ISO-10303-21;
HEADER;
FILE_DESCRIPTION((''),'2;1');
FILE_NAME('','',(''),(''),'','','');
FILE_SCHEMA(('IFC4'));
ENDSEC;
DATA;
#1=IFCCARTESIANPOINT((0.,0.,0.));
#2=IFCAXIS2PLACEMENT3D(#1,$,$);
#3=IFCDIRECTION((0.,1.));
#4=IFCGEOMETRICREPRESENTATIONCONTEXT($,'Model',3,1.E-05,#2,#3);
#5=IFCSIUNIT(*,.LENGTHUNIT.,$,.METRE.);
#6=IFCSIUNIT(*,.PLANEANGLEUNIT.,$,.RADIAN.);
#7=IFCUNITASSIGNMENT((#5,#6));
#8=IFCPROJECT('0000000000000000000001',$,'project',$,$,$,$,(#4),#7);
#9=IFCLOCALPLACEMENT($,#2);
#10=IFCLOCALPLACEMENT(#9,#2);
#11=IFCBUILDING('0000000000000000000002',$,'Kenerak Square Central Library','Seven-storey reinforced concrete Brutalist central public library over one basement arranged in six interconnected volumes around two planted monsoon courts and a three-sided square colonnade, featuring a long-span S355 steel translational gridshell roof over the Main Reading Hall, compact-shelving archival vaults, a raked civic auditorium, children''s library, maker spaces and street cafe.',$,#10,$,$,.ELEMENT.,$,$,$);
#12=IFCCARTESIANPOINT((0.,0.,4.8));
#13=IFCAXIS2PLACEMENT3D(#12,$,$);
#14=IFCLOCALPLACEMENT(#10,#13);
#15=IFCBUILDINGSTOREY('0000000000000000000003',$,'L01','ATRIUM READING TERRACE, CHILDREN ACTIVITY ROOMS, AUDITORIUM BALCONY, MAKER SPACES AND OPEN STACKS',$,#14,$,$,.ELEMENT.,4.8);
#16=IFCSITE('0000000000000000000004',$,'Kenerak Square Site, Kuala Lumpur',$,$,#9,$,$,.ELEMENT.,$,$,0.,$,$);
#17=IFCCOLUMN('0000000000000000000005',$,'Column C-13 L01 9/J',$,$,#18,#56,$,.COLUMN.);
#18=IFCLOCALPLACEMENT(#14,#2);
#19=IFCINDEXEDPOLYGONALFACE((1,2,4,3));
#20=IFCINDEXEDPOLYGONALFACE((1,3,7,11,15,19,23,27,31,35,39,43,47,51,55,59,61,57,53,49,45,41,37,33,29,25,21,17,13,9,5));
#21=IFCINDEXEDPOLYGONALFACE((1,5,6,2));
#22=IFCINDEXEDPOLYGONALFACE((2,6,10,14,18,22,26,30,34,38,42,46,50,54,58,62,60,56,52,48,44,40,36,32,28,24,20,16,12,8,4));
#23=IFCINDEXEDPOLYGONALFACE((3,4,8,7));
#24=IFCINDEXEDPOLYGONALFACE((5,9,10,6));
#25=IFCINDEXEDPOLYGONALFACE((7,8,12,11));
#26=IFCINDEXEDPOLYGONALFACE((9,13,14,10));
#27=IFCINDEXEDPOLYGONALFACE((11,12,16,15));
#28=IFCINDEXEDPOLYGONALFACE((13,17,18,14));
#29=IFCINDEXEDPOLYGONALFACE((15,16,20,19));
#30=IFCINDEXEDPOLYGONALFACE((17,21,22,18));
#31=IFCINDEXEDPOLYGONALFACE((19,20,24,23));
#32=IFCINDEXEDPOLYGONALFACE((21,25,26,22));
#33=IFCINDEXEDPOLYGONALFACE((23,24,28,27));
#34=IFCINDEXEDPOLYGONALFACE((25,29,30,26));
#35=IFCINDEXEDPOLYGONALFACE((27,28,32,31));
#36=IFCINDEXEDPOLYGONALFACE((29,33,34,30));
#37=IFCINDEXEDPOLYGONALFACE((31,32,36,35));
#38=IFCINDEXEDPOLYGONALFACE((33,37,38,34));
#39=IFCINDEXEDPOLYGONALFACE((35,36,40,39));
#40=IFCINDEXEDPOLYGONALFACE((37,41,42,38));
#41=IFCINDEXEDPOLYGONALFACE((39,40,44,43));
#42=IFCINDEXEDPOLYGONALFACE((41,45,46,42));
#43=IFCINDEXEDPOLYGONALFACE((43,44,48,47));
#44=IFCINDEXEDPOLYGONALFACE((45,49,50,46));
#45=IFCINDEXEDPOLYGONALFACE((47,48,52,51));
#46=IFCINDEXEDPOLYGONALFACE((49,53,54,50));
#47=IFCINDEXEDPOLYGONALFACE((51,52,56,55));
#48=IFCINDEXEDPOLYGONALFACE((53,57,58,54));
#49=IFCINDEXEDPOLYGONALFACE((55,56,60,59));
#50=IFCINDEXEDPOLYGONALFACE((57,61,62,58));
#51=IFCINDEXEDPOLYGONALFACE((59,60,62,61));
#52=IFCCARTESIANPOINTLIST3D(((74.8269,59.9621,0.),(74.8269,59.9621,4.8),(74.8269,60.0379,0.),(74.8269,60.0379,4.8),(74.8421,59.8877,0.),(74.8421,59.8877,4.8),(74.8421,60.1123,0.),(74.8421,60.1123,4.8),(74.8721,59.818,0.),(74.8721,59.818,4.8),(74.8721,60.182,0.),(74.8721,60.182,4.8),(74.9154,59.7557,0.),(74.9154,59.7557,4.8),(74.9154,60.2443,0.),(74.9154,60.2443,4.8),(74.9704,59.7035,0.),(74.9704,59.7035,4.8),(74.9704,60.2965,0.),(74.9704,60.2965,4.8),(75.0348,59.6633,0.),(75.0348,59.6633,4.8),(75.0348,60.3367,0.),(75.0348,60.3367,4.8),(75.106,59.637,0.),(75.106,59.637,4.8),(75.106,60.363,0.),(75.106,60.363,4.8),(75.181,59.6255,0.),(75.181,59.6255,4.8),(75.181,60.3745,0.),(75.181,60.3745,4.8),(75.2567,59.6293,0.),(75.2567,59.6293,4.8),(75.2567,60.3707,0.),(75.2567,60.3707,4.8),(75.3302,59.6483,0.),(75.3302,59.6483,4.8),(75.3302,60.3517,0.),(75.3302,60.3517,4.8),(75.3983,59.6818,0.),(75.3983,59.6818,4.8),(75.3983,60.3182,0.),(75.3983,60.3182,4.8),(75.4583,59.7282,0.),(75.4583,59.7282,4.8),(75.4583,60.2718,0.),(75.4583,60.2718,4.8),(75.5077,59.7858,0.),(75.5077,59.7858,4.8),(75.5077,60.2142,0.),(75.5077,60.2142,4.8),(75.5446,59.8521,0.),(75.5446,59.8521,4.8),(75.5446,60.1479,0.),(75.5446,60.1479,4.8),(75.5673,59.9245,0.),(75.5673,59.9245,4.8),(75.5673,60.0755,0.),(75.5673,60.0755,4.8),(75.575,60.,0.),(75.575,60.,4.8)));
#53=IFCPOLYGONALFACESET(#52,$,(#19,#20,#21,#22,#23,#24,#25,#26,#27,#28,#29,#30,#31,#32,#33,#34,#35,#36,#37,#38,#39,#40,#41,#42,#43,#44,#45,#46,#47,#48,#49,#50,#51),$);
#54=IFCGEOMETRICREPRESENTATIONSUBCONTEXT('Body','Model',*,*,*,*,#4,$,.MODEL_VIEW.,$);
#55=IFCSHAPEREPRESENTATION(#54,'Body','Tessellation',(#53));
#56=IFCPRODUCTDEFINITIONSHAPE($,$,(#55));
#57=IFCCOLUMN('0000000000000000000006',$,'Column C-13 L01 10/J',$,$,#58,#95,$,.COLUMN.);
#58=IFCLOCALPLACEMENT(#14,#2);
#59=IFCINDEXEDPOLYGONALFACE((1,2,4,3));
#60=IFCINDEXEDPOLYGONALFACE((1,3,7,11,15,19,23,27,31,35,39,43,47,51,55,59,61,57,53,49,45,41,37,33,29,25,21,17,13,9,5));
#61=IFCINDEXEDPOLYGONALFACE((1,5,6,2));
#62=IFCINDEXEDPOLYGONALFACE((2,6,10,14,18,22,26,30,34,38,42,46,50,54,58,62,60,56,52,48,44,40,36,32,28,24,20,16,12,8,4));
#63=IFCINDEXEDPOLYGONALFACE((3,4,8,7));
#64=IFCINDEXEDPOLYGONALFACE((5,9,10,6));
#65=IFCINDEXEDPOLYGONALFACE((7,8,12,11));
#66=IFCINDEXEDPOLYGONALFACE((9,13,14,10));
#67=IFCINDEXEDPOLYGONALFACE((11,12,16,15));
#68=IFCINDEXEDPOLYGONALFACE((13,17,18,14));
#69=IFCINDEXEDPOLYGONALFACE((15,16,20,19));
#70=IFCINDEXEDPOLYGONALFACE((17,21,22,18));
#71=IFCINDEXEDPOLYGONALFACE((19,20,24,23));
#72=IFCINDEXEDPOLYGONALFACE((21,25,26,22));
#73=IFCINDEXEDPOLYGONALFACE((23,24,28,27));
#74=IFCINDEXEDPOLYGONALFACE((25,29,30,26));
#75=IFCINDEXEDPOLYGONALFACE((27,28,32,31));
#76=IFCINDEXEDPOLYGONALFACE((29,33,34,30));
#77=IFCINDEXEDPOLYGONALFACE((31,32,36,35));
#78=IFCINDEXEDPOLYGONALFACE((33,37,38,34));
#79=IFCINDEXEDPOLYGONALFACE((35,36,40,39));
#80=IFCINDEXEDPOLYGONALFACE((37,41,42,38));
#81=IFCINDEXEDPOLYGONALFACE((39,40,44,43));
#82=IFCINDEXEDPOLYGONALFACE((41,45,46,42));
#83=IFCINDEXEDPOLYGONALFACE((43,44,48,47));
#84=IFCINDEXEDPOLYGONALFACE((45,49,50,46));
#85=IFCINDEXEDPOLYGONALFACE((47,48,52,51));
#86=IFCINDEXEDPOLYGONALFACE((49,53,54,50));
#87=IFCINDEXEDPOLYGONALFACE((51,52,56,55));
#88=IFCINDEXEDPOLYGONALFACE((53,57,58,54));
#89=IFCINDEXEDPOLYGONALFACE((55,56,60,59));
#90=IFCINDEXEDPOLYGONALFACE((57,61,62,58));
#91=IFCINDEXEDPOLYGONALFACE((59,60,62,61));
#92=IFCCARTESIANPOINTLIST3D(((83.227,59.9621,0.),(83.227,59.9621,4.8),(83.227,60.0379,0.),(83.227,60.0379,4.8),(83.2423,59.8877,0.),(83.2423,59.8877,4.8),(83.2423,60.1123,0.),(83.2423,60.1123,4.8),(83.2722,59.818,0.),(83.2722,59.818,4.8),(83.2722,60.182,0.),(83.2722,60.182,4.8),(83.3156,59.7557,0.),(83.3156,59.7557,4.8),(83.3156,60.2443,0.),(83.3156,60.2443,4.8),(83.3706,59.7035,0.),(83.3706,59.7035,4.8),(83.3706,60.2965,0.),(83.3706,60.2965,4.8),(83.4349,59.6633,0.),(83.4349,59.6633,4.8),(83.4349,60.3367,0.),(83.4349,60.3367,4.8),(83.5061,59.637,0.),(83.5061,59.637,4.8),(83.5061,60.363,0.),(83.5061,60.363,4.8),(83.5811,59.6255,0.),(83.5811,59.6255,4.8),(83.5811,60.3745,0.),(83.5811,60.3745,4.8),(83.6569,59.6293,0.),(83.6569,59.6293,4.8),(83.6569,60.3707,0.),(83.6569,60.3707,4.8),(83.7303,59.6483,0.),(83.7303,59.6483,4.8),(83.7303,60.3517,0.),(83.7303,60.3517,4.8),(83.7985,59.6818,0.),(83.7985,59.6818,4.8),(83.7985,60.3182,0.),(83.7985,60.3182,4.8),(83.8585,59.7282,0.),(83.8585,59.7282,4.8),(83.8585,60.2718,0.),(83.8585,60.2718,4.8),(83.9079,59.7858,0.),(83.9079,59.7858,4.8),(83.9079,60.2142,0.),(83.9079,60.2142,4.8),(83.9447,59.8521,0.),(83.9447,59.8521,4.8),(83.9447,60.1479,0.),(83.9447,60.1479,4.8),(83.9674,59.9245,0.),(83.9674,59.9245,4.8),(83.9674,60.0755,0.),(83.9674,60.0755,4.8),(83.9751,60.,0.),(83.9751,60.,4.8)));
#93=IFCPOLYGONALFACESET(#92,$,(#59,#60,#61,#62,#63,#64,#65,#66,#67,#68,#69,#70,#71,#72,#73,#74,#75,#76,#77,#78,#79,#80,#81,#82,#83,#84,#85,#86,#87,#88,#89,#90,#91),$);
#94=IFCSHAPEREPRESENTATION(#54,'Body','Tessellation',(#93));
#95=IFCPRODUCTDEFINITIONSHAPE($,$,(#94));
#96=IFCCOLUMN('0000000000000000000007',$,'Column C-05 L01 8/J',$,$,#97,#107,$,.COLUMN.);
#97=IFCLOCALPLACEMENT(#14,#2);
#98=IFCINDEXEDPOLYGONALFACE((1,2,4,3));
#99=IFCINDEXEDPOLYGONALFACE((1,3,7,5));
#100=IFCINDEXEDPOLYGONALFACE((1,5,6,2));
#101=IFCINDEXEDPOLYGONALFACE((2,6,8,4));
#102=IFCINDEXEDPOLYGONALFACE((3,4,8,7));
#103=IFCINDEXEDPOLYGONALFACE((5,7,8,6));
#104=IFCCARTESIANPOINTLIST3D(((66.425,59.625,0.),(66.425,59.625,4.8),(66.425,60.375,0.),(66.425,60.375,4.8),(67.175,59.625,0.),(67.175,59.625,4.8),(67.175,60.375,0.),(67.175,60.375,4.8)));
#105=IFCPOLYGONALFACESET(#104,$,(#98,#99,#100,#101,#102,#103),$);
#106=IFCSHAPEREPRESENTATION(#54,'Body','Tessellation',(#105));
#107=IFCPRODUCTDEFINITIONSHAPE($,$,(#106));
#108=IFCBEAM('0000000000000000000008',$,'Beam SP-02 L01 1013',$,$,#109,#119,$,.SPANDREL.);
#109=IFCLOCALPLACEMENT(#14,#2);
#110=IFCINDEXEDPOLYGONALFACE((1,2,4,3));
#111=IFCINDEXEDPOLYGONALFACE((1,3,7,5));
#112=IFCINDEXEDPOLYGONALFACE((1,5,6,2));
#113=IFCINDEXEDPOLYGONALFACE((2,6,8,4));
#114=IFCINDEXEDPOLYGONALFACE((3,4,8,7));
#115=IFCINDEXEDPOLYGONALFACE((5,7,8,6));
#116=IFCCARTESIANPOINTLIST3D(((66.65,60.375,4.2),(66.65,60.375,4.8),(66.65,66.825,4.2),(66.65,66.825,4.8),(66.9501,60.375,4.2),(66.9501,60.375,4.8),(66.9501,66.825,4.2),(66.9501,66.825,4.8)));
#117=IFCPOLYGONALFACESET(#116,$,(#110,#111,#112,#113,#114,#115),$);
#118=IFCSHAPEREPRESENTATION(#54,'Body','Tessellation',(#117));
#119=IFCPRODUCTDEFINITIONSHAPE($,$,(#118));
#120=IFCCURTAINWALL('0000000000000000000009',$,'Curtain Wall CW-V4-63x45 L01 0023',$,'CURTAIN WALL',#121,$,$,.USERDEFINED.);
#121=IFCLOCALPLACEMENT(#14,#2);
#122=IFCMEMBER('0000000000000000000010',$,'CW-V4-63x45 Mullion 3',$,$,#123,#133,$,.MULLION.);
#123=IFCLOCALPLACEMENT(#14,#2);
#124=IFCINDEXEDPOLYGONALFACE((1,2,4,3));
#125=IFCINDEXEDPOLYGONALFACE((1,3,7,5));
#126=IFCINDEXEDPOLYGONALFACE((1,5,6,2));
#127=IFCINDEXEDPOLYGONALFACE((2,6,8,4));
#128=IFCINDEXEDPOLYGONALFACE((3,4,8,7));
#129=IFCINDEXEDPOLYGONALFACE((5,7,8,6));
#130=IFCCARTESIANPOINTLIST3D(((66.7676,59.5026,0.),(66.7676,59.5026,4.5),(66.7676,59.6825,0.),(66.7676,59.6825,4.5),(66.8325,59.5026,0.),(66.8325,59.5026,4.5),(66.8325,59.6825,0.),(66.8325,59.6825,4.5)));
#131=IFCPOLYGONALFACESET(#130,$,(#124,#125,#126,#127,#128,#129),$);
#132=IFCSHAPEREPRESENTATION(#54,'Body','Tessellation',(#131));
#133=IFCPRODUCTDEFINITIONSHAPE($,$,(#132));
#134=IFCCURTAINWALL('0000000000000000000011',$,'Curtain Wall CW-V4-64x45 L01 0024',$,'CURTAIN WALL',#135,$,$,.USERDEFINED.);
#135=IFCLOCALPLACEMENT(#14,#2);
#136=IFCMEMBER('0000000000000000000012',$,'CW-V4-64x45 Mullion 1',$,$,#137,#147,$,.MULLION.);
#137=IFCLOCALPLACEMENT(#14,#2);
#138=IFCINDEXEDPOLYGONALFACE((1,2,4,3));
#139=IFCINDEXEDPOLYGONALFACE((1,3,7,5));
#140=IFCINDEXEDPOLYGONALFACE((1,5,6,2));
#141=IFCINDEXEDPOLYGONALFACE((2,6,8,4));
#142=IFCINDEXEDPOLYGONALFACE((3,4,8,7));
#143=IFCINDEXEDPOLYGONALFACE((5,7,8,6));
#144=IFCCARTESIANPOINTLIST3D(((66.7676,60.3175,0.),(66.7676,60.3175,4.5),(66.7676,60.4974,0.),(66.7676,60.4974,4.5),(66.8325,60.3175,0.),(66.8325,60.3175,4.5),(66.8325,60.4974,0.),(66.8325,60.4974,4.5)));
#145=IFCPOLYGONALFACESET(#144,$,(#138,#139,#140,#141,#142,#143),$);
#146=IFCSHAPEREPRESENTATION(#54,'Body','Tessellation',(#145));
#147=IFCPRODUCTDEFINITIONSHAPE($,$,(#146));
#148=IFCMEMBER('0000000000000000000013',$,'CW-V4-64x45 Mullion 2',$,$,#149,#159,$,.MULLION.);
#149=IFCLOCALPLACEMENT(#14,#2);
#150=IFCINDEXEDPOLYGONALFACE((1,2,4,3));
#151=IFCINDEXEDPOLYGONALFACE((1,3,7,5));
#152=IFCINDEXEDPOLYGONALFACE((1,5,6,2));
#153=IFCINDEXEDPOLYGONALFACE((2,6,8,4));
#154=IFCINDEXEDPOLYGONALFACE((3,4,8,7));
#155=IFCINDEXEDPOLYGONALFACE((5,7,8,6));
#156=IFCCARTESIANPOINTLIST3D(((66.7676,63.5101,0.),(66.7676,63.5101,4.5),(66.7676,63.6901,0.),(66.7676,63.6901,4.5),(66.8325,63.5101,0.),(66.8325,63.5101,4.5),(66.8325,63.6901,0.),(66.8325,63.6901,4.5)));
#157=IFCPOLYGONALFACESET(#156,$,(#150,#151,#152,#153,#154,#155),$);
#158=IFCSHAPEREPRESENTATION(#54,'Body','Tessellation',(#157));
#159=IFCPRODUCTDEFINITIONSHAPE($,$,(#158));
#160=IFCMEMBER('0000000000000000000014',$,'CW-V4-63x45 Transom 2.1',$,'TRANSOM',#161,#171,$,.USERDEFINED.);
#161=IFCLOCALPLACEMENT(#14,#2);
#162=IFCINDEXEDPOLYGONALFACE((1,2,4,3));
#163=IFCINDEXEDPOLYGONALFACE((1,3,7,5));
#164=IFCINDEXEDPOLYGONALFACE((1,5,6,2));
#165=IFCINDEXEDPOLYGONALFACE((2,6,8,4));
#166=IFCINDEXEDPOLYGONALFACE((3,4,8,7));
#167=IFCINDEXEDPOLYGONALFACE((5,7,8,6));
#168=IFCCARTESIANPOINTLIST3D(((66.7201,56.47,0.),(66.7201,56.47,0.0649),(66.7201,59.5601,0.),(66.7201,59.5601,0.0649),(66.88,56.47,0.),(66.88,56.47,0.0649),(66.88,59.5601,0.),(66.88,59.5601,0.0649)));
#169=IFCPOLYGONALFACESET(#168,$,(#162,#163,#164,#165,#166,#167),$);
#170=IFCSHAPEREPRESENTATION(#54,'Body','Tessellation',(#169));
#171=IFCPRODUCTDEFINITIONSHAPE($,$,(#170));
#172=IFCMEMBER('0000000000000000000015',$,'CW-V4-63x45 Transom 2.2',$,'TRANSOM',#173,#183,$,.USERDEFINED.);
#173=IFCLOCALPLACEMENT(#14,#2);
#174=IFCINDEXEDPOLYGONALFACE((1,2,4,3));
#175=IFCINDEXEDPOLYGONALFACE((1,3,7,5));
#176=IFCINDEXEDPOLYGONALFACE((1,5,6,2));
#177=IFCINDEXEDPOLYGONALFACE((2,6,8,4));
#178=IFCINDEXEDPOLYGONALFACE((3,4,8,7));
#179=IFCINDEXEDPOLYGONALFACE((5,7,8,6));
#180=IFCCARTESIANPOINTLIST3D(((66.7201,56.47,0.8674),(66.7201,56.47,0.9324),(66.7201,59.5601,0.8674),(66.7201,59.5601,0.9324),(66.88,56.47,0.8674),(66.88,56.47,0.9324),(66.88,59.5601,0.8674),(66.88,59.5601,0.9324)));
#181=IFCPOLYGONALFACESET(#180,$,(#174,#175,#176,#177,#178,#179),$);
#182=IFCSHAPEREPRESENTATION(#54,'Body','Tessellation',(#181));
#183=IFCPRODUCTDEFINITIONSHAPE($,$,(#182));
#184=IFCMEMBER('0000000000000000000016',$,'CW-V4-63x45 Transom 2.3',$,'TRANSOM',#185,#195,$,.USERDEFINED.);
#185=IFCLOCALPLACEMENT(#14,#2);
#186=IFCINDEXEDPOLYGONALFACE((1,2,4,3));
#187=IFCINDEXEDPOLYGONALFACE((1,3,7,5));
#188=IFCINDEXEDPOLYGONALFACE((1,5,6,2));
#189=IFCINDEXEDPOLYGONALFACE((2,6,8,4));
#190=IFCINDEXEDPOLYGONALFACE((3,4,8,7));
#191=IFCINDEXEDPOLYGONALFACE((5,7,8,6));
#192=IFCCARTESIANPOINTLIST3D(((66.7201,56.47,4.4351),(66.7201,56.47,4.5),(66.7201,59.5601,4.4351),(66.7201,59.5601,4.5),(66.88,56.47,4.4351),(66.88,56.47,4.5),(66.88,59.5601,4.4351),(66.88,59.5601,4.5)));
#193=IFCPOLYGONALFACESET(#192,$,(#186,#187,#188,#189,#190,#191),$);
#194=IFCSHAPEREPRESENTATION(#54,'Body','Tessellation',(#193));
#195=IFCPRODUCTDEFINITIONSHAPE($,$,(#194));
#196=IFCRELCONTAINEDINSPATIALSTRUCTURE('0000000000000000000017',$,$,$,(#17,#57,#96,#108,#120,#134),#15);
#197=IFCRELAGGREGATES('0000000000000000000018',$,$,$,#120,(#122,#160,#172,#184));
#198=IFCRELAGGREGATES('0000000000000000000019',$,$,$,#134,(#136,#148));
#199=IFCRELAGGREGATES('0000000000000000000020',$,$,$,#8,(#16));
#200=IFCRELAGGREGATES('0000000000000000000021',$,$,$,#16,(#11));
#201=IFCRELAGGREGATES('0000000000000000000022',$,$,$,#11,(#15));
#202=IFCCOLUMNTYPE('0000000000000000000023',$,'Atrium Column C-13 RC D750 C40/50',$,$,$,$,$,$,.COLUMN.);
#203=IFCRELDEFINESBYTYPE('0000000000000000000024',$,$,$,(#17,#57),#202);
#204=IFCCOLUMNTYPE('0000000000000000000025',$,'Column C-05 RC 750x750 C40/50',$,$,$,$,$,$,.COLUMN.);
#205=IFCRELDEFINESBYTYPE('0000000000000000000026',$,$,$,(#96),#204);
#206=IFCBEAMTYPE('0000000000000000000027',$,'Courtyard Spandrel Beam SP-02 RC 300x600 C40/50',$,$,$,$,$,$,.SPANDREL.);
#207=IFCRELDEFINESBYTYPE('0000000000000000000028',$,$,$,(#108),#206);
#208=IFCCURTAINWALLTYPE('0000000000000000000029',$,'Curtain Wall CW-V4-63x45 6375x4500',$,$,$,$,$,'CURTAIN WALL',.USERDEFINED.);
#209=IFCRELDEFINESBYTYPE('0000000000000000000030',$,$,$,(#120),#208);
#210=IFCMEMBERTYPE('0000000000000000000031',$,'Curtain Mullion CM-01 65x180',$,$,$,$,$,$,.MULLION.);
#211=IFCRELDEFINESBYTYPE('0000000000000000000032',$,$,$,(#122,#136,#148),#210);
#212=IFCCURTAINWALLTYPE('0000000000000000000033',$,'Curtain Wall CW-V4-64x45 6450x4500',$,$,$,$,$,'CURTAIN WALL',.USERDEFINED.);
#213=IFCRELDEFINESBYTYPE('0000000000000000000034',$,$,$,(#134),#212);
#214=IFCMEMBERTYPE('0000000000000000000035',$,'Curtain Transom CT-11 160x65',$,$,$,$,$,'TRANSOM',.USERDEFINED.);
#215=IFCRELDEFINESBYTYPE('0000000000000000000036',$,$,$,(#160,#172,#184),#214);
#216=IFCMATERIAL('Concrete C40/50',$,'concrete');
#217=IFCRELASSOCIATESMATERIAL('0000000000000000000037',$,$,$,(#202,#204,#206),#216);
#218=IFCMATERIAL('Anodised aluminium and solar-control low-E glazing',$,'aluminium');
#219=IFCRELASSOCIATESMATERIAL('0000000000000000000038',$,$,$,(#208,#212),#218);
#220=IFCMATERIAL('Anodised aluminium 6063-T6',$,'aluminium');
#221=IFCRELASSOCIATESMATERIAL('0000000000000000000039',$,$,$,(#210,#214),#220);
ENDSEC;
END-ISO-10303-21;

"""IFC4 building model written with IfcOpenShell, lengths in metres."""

from ifc_helpers import new_model, si_unit, direction, frame, origin, origin_2d, place, context, subcontext, project, spatial, rectangle, circle, extrude, material, material_profile, profile_set, type_object, element, aggregate, save


model = new_model("IFC4")

# Units and contexts
model_context = context("Model", 3, precision=1e-05, world=origin(), true_north=direction((0.0, 1.0)))
body_context = subcontext(model_context, "Body", "Model", "MODEL_VIEW")
ifc_project = project(units=[si_unit("LENGTHUNIT", "METRE"), si_unit("PLANEANGLEUNIT", "RADIAN")], contexts=[model_context])

# Site, building, storey
site_placement = place(None, origin())
site = spatial("IfcSite", under=ifc_project, at=site_placement, Name="Kenerak Square Site, Kuala Lumpur", CompositionType="ELEMENT", RefElevation=0.0)
building_placement = place(site_placement, origin())
building = spatial("IfcBuilding", under=site, at=building_placement, Name="Kenerak Square Central Library", Description="Seven-storey reinforced concrete Brutalist central public library over one basement arranged in six interconnected volumes around two planted monsoon courts and a three-sided square colonnade, featuring a long-span S355 steel translational gridshell roof over the Main Reading Hall, compact-shelving archival vaults, a raked civic auditorium, children's library, maker spaces and street cafe.", CompositionType="ELEMENT")
storey_placement = place(building_placement, frame((0.0, 0.0, 4.8)))
storey = spatial("IfcBuildingStorey", under=building, at=storey_placement, Name="L01", Description="ATRIUM READING TERRACE, CHILDREN ACTIVITY ROOMS, AUDITORIUM BALCONY, MAKER SPACES AND OPEN STACKS", CompositionType="ELEMENT", Elevation=4.8)

# Columns
ifc_material_1 = material(Name="Concrete C40/50", Category="concrete")
ifc_material_profile_1 = material_profile(ifc_material_1, circle(Radius=0.375, at=origin_2d()), Name="RC D750")
ifc_profile_set_1 = profile_set([ifc_material_profile_1], Name="Concrete C40/50")
column_type_1 = type_object("IfcColumnType", Name="Atrium Column C-13 RC D750 C40/50", PredefinedType="COLUMN", material=ifc_profile_set_1)
for number, where, z_axis, x_axis, name in (
    (1, (75.2, 60.0, 0.0), (0.0, 0.0, 1.0), (1.0, 0.0, 0.0), "Column C-13 L01 9/J"),
    (2, (83.6001, 60.0, 0.0), (0.0, 0.0, 1.0), (1.0, 0.0, 0.0), "Column C-13 L01 10/J"),
):
    element("IfcColumn", number, at=place(storey_placement, frame(where, z_axis=z_axis, x_axis=x_axis)), inside=storey, type_object=column_type_1, Name=name, PredefinedType="COLUMN", context=body_context, shape_type="SweptSolid", body=[
        extrude(circle(Radius=0.375, at=origin_2d()), origin(), (0.0, 0.0, 1.0), 4.8),
    ])
ifc_material_profile_2 = material_profile(ifc_material_1, rectangle(XDim=0.75, YDim=0.75, at=origin_2d()), Name="RC 750x750")
ifc_profile_set_2 = profile_set([ifc_material_profile_2], Name="Concrete C40/50")
column_type_2 = type_object("IfcColumnType", Name="Column C-05 RC 750x750 C40/50", PredefinedType="COLUMN", material=ifc_profile_set_2)
column_placement = place(storey_placement, frame((66.8, 60.0, 0.0), z_axis=(0.0, 0.0, 1.0), x_axis=(1.0, 0.0, 0.0)))
element("IfcColumn", 3, at=column_placement, inside=storey, type_object=column_type_2, Name="Column C-05 L01 8/J", PredefinedType="COLUMN", context=body_context, shape_type="SweptSolid", body=[
    extrude(rectangle(XDim=0.75, YDim=0.75, at=origin_2d()), origin(), (0.0, 0.0, 1.0), 4.8),
])

# Beam
ifc_material_profile_3 = material_profile(ifc_material_1, rectangle(XDim=0.3, YDim=0.6001, at=origin_2d()), Name="RC 300x600")
ifc_profile_set_3 = profile_set([ifc_material_profile_3], Name="Concrete C40/50")
beam_type_1 = type_object("IfcBeamType", Name="Courtyard Spandrel Beam SP-02 RC 300x600 C40/50", PredefinedType="SPANDREL", material=ifc_profile_set_3)
beam_1_placement = place(storey_placement, frame((66.8, 60.375, 4.5), z_axis=(0.0, 1.0, 0.0), x_axis=(-1.0, 0.0, 0.0)))
element("IfcBeam", 4, at=beam_1_placement, inside=storey, type_object=beam_type_1, Name="Beam SP-02 L01 1013", PredefinedType="SPANDREL", context=body_context, shape_type="SweptSolid", body=[
    extrude(rectangle(XDim=0.3, YDim=0.6001, at=origin_2d()), origin(), (0.0, 0.0, 1.0), 6.45),
])

# Curtain wall, member
ifc_material_2 = material(Name="Anodised aluminium and solar-control low-E glazing", Category="aluminium")
curtain_wall_type_1 = type_object("IfcCurtainWallType", Name="Curtain Wall CW-V4-63x45 6375x4500", ElementType="CURTAIN WALL", PredefinedType="USERDEFINED", material=ifc_material_2)
curtain_wall_1_placement = place(storey_placement, origin())
curtain_wall_1 = element("IfcCurtainWall", 5, at=curtain_wall_1_placement, inside=storey, type_object=curtain_wall_type_1, Name="Curtain Wall CW-V4-63x45 L01 0023", ObjectType="CURTAIN WALL", PredefinedType="USERDEFINED")
ifc_material_3 = material(Name="Anodised aluminium 6063-T6", Category="aluminium")
ifc_material_profile_4 = material_profile(ifc_material_3, rectangle(XDim=0.0649, YDim=0.1799, at=origin_2d()), Name="AL MULLION 65x180")
ifc_profile_set_4 = profile_set([ifc_material_profile_4], Name="Anodised aluminium 6063-T6")
member_type_1 = type_object("IfcMemberType", Name="Curtain Mullion CM-01 65x180", PredefinedType="MULLION", material=ifc_profile_set_4)
member_1_placement = place(storey_placement, frame((66.8, 59.5925, 0.0), z_axis=(0.0, 0.0, 1.0), x_axis=(-1.0, 0.0, 0.0)))
member_1 = element("IfcMember", 6, at=member_1_placement, type_object=member_type_1, Name="CW-V4-63x45 Mullion 3", PredefinedType="MULLION", context=body_context, shape_type="SweptSolid", body=[
    extrude(rectangle(XDim=0.0649, YDim=0.1799, at=origin_2d()), origin(), (0.0, 0.0, 1.0), 4.5),
])

# Curtain wall, members
curtain_wall_type_2 = type_object("IfcCurtainWallType", Name="Curtain Wall CW-V4-64x45 6450x4500", ElementType="CURTAIN WALL", PredefinedType="USERDEFINED", material=ifc_material_2)
curtain_wall_2_placement = place(storey_placement, origin())
curtain_wall_2 = element("IfcCurtainWall", 7, at=curtain_wall_2_placement, inside=storey, type_object=curtain_wall_type_2, Name="Curtain Wall CW-V4-64x45 L01 0024", ObjectType="CURTAIN WALL", PredefinedType="USERDEFINED")
member_2_placement = place(storey_placement, frame((66.8, 60.4075, 0.0), z_axis=(0.0, 0.0, 1.0), x_axis=(-1.0, 0.0, 0.0)))
member_2 = element("IfcMember", 8, at=member_2_placement, type_object=member_type_1, Name="CW-V4-64x45 Mullion 1", PredefinedType="MULLION", context=body_context, shape_type="SweptSolid", body=[
    extrude(rectangle(XDim=0.0649, YDim=0.1799, at=origin_2d()), origin(), (0.0, 0.0, 1.0), 4.5),
])
member_3_placement = place(storey_placement, frame((66.8, 63.6001, 0.0), z_axis=(0.0, 0.0, 1.0), x_axis=(-1.0, 0.0, 0.0)))
member_3 = element("IfcMember", 9, at=member_3_placement, type_object=member_type_1, Name="CW-V4-64x45 Mullion 2", PredefinedType="MULLION", context=body_context, shape_type="SweptSolid", body=[
    extrude(rectangle(XDim=0.0649, YDim=0.1799, at=origin_2d()), origin(), (0.0, 0.0, 1.0), 4.5),
])

# Members
ifc_material_profile_5 = material_profile(ifc_material_3, rectangle(XDim=0.1599, YDim=0.0649, at=origin_2d()), Name="AL TRANSOM 160x65")
ifc_profile_set_5 = profile_set([ifc_material_profile_5], Name="Anodised aluminium 6063-T6")
member_type_2 = type_object("IfcMemberType", Name="Curtain Transom CT-11 160x65", ElementType="TRANSOM", PredefinedType="USERDEFINED", material=ifc_profile_set_5)
member_4_placement = place(storey_placement, frame((66.8, 56.47, 0.0325), z_axis=(0.0, 1.0, 0.0), x_axis=(-1.0, 0.0, 0.0)))
member_4 = element("IfcMember", 10, at=member_4_placement, type_object=member_type_2, Name="CW-V4-63x45 Transom 2.1", ObjectType="TRANSOM", PredefinedType="USERDEFINED", context=body_context, shape_type="SweptSolid", body=[
    extrude(rectangle(XDim=0.1599, YDim=0.0649, at=origin_2d()), origin(), (0.0, 0.0, 1.0), 3.0901),
])
member_5_placement = place(storey_placement, frame((66.8, 56.47, 0.8999), z_axis=(0.0, 1.0, 0.0), x_axis=(-1.0, 0.0, 0.0)))
member_5 = element("IfcMember", 11, at=member_5_placement, type_object=member_type_2, Name="CW-V4-63x45 Transom 2.2", ObjectType="TRANSOM", PredefinedType="USERDEFINED", context=body_context, shape_type="SweptSolid", body=[
    extrude(rectangle(XDim=0.1599, YDim=0.0649, at=origin_2d()), origin(), (0.0, 0.0, 1.0), 3.0901),
])
member_6_placement = place(storey_placement, frame((66.8, 56.47, 4.4675), z_axis=(0.0, 1.0, 0.0), x_axis=(-1.0, 0.0, 0.0)))
member_6 = element("IfcMember", 12, at=member_6_placement, type_object=member_type_2, Name="CW-V4-63x45 Transom 2.3", ObjectType="TRANSOM", PredefinedType="USERDEFINED", context=body_context, shape_type="SweptSolid", body=[
    extrude(rectangle(XDim=0.1599, YDim=0.0649, at=origin_2d()), origin(), (0.0, 0.0, 1.0), 3.0901),
])

aggregate(curtain_wall_1, [member_1, member_4, member_5, member_6])
aggregate(curtain_wall_2, [member_2, member_3])

save(model, "model.ifc")
